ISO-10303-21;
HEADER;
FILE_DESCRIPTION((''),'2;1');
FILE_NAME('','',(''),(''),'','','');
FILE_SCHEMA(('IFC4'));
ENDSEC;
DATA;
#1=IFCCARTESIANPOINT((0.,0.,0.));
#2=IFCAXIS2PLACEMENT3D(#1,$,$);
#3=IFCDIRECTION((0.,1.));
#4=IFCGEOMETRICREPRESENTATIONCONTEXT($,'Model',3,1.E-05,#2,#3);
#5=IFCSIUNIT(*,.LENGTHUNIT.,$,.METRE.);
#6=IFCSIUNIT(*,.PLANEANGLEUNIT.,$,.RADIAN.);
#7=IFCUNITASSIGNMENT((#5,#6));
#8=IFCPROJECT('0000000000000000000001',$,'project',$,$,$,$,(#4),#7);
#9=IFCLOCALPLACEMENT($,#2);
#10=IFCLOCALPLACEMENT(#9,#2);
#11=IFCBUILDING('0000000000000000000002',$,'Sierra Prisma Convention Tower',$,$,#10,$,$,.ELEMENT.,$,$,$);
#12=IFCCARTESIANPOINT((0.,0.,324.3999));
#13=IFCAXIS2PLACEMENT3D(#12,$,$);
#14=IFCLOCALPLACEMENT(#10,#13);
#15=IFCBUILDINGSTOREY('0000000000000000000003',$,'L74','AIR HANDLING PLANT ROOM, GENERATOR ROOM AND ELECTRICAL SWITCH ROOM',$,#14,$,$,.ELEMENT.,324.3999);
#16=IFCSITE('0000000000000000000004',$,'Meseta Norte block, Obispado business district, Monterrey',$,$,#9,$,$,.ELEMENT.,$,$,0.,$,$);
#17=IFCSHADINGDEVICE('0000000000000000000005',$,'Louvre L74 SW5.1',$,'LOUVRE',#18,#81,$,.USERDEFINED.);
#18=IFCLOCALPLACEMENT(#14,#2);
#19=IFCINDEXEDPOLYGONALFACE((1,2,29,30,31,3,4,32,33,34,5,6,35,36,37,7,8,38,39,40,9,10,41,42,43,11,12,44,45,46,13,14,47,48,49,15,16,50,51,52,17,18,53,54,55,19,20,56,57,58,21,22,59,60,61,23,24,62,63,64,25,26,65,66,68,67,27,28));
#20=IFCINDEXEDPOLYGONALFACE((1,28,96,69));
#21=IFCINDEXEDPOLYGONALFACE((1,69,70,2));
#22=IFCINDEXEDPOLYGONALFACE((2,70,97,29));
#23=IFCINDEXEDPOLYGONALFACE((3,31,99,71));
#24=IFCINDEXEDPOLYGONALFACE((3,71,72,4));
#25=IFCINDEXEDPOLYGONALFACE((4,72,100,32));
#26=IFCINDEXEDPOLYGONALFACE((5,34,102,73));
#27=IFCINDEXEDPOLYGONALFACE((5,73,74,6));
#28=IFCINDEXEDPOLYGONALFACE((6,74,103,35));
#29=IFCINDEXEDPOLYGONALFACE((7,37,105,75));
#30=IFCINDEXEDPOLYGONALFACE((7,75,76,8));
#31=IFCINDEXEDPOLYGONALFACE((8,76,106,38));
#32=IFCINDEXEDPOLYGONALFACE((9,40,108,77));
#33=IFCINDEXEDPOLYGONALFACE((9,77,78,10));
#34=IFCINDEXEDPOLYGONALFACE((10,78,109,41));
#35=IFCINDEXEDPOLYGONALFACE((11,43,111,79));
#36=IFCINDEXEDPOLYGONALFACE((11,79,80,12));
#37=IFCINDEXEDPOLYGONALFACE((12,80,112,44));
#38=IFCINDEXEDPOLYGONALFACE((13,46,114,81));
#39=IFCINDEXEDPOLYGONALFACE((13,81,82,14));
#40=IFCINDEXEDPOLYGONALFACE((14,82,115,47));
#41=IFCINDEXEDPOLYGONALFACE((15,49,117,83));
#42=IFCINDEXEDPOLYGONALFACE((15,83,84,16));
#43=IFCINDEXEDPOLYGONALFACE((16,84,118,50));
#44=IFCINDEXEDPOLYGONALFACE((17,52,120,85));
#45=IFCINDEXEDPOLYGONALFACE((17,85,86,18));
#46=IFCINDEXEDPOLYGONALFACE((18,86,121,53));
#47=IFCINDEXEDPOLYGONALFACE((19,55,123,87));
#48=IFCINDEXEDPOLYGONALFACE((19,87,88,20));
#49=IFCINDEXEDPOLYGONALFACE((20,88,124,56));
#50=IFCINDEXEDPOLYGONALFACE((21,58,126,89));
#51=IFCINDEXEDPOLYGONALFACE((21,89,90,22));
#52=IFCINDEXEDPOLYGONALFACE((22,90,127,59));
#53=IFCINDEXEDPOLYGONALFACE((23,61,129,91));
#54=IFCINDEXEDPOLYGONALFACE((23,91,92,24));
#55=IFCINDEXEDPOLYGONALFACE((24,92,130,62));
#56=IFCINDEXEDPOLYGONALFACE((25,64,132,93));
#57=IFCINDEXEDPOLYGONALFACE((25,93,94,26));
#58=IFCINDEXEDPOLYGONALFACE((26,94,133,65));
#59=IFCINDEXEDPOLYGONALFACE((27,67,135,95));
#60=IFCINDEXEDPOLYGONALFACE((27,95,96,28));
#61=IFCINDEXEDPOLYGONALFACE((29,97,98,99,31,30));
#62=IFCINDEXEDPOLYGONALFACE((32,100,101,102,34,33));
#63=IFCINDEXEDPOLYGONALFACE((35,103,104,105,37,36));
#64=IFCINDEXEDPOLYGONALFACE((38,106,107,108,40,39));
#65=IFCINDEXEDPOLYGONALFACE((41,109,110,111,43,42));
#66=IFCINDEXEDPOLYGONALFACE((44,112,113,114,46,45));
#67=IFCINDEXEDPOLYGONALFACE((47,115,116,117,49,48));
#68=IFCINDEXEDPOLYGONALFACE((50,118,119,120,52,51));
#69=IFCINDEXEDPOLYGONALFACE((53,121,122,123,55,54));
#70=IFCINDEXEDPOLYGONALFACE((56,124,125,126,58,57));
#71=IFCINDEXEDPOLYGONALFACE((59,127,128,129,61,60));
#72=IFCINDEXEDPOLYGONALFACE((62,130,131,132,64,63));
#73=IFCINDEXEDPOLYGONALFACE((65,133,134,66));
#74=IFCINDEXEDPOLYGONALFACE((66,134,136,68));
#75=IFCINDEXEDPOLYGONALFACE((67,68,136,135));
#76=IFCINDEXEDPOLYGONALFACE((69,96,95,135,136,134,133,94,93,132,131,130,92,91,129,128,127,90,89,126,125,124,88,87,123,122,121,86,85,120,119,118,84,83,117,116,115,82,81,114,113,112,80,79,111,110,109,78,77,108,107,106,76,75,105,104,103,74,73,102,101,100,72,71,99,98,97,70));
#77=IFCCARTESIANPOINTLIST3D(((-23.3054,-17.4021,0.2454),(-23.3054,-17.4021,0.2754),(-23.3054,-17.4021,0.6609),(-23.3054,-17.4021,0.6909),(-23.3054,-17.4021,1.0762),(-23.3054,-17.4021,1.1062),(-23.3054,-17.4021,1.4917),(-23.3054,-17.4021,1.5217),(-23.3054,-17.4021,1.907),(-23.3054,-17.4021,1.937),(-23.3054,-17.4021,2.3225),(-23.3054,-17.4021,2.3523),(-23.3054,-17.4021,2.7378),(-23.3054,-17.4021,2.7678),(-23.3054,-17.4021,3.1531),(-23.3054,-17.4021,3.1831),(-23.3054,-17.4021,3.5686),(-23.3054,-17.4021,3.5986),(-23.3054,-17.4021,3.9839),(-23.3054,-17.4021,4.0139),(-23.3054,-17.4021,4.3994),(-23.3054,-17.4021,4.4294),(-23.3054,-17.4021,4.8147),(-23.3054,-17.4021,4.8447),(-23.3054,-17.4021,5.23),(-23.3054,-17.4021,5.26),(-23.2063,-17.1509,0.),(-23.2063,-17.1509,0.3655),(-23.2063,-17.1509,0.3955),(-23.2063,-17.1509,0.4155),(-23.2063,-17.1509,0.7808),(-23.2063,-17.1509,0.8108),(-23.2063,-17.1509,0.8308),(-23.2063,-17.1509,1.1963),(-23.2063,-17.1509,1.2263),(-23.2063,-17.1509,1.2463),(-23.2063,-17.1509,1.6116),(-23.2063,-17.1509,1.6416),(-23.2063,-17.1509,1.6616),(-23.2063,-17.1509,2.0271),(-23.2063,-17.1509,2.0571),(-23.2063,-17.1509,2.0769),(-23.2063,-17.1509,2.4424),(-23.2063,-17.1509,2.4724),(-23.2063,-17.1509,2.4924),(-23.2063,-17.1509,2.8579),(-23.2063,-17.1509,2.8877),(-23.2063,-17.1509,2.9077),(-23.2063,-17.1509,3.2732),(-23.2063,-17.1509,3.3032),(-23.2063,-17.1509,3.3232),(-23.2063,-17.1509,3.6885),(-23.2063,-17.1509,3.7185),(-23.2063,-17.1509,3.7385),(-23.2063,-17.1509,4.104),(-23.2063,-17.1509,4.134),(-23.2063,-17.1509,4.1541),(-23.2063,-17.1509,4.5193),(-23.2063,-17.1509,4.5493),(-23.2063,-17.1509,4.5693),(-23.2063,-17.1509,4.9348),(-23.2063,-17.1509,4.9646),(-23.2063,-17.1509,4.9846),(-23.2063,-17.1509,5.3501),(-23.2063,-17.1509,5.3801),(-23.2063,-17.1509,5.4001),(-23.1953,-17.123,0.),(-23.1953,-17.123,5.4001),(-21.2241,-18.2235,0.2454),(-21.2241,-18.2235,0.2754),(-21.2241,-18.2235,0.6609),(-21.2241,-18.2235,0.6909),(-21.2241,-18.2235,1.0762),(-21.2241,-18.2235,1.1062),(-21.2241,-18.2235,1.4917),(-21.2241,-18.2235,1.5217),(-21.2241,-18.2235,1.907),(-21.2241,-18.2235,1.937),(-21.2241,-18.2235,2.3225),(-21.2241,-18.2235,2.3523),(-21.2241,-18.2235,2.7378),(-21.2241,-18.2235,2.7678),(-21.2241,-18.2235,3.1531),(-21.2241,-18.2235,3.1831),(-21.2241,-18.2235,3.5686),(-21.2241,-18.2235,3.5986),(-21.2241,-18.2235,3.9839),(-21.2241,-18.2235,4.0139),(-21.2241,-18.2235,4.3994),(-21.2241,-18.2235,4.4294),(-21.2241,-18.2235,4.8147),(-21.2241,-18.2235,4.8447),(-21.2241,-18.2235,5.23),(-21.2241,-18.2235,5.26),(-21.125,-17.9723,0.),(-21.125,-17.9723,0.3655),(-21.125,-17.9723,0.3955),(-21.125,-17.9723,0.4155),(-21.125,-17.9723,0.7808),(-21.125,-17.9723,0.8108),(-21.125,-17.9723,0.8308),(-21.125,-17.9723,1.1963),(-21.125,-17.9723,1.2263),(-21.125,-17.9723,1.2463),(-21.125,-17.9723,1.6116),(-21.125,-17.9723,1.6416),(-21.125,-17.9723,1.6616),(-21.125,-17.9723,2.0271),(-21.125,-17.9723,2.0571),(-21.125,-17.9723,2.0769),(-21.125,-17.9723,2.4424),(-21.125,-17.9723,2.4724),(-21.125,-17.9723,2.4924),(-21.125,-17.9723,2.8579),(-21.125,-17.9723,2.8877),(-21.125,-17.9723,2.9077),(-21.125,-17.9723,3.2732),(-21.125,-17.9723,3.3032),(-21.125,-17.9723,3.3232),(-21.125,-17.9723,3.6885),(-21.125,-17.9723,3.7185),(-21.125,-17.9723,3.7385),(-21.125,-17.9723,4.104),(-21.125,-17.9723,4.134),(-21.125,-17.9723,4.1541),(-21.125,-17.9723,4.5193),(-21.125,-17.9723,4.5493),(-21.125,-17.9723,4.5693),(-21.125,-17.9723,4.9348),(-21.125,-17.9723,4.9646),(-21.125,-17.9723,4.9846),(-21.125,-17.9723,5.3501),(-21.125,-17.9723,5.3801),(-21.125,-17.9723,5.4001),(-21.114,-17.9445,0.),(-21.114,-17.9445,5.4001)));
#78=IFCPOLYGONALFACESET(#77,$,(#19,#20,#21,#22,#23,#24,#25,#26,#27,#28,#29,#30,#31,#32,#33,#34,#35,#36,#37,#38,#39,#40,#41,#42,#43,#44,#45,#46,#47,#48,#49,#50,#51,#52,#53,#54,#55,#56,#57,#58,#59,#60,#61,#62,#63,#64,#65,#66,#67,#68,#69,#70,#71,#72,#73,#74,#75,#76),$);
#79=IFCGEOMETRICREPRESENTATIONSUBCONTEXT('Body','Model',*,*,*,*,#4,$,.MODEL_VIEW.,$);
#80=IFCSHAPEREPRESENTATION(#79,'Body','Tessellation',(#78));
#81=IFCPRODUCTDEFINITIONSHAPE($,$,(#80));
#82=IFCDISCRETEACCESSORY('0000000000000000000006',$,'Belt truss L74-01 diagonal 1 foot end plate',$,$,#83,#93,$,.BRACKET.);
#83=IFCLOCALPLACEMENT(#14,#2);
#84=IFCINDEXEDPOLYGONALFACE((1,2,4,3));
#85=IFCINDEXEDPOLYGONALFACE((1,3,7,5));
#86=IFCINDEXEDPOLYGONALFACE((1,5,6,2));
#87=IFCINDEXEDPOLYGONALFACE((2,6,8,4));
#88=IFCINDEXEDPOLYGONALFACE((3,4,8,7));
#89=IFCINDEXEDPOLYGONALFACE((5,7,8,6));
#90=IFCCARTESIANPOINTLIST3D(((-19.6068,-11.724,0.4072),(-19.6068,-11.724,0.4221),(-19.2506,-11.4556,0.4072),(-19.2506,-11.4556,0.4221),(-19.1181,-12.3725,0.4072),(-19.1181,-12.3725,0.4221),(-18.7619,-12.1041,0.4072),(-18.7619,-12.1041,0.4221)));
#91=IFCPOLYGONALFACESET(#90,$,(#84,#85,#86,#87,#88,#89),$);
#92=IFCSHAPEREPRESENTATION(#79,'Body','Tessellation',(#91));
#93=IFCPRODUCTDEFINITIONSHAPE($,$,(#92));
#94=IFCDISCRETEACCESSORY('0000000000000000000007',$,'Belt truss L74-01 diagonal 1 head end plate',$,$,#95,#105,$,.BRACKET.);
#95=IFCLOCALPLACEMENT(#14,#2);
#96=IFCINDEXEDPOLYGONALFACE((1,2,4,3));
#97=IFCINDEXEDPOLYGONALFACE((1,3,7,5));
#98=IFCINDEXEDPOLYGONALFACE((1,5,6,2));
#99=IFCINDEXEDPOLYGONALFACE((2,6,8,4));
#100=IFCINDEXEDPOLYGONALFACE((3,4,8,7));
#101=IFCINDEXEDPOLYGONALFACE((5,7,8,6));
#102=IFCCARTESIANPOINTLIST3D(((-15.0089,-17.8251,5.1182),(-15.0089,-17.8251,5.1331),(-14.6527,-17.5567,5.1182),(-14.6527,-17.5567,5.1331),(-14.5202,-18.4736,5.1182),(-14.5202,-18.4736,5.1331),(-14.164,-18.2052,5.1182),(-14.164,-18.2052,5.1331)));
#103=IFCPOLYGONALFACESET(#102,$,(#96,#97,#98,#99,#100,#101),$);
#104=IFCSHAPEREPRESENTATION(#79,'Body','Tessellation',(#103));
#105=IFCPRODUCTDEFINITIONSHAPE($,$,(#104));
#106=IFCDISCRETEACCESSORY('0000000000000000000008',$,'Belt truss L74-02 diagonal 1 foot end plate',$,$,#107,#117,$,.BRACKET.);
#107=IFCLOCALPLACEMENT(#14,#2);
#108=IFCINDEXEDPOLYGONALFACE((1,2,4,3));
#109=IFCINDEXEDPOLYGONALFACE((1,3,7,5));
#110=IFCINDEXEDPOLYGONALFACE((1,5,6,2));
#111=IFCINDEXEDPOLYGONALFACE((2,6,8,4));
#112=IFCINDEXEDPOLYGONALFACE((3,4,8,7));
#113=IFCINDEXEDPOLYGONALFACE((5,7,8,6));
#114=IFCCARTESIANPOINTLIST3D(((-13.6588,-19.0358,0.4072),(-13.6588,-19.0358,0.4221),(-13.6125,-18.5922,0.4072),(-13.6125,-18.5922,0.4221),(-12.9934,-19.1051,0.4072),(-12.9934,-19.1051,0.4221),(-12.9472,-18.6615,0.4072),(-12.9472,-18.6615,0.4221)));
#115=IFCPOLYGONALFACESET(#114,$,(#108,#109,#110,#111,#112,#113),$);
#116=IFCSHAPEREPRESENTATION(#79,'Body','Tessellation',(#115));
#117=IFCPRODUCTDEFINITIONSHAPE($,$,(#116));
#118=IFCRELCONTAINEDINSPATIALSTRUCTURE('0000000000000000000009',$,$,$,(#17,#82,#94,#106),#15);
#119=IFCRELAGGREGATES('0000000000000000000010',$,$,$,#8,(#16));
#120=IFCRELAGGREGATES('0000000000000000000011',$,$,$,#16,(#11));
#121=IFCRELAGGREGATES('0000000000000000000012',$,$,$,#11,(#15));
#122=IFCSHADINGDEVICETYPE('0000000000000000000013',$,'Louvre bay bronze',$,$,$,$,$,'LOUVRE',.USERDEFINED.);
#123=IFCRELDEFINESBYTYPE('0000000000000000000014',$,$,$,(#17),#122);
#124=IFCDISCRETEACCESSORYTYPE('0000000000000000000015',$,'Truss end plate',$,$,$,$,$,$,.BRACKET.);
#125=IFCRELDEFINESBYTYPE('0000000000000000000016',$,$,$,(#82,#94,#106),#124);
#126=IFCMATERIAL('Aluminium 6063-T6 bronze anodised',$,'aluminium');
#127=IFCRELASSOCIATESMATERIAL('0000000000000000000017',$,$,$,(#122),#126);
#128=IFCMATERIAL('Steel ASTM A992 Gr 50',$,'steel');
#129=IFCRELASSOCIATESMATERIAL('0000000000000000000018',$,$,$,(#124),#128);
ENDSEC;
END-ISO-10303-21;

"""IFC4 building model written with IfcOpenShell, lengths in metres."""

from ifc_helpers import new_model, si_unit, direction, frame, origin, origin_2d, place, context, subcontext, project, spatial, polyline, rectangle, outline, extrude, material, type_object, element, save


model = new_model("IFC4")

# Units and contexts
model_context = context("Model", 3, precision=1e-05, world=origin(), true_north=direction((0.0, 1.0)))
body_context = subcontext(model_context, "Body", "Model", "MODEL_VIEW")
ifc_project = project(units=[si_unit("LENGTHUNIT", "METRE"), si_unit("PLANEANGLEUNIT", "RADIAN")], contexts=[model_context])

# Site, building, storey
site_placement = place(None, origin())
site = spatial("IfcSite", under=ifc_project, at=site_placement, Name="Meseta Norte block, Obispado business district, Monterrey", CompositionType="ELEMENT", RefElevation=0.0)
building_placement = place(site_placement, origin())
building = spatial("IfcBuilding", under=site, at=building_placement, Name="Sierra Prisma Convention Tower", CompositionType="ELEMENT")
storey_placement = place(building_placement, frame((0.0, 0.0, 324.3999)))
storey = spatial("IfcBuildingStorey", under=building, at=storey_placement, Name="L74", Description="AIR HANDLING PLANT ROOM, GENERATOR ROOM AND ELECTRICAL SWITCH ROOM", CompositionType="ELEMENT", Elevation=324.3999)

# Shading device
ifc_material_1 = material(Name="Aluminium 6063-T6 bronze anodised", Category="aluminium")
shading_device_type = type_object("IfcShadingDeviceType", Name="Louvre bay bronze", ElementType="LOUVRE", PredefinedType="USERDEFINED", material=ifc_material_1)
shading_device_1_placement = place(storey_placement, frame((-23.1953, -17.123, 0.0), z_axis=(-0.930178, 0.36711, 0.0), x_axis=(0.0, 0.0, 1.0)))
element("IfcShadingDevice", 1, at=shading_device_1_placement, inside=storey, type_object=shading_device_type, Name="Louvre L74 SW5.1", ObjectType="LOUVRE", PredefinedType="USERDEFINED", context=body_context, shape_type="SweptSolid", body=[
    extrude(outline(polyline([(0.0, 0.0), (5.4001, 0.0), (5.4001, -0.0299), (5.3801, -0.0299), (5.26, -0.3), (5.23, -0.3), (5.3501, -0.0299), (4.9846, -0.0299), (4.9646, -0.0299), (4.8447, -0.3), (4.8147, -0.3), (4.9348, -0.0299), (4.5693, -0.0299), (4.5493, -0.0299), (4.4294, -0.3), (4.3994, -0.3), (4.5193, -0.0299), (4.1541, -0.0299), (4.134, -0.0299), (4.0139, -0.3), (3.9839, -0.3), (4.104, -0.0299), (3.7385, -0.0299), (3.7185, -0.0299), (3.5986, -0.3), (3.5686, -0.3), (3.6885, -0.0299), (3.3232, -0.0299), (3.3032, -0.0299), (3.1831, -0.3), (3.1531, -0.3), (3.2732, -0.0299), (2.9077, -0.0299), (2.8877, -0.0299), (2.7678, -0.3), (2.7378, -0.3), (2.8579, -0.0299), (2.4924, -0.0299), (2.4724, -0.0299), (2.3523, -0.3), (2.3225, -0.3), (2.4424, -0.0299), (2.0769, -0.0299), (2.0571, -0.0299), (1.937, -0.3), (1.907, -0.3), (2.0271, -0.0299), (1.6616, -0.0299), (1.6416, -0.0299), (1.5217, -0.3), (1.4917, -0.3), (1.6116, -0.0299), (1.2463, -0.0299), (1.2263, -0.0299), (1.1062, -0.3), (1.0762, -0.3), (1.1963, -0.0299), (0.8308, -0.0299), (0.8108, -0.0299), (0.6909, -0.3), (0.6609, -0.3), (0.7808, -0.0299), (0.4155, -0.0299), (0.3955, -0.0299), (0.2754, -0.3), (0.2454, -0.3), (0.3655, -0.0299), (0.0, -0.0299), (0.0, 0.0)])), origin(), (0.0, 0.0, -1.0), 2.2375),
])

# Discrete accessories
ifc_material_2 = material(Name="Steel ASTM A992 Gr 50", Category="steel")
discrete_accessory_type = type_object("IfcDiscreteAccessoryType", Name="Truss end plate", PredefinedType="BRACKET", material=ifc_material_2)
for number, where, z_axis, x_axis, name in (
    (2, (-19.1843, -11.9141, 0.4072), (0.0, 0.0, 1.0), (0.601846, -0.798612, 0.0), "Belt truss L74-01 diagonal 1 foot end plate"),
    (3, (-14.5864, -18.0151, 5.1182), (0.0, 0.0, 1.0), (0.601846, -0.798612, 0.0), "Belt truss L74-01 diagonal 1 head end plate"),
):
    element("IfcDiscreteAccessory", number, at=place(storey_placement, frame(where, z_axis=z_axis, x_axis=x_axis)), inside=storey, type_object=discrete_accessory_type, Name=name, PredefinedType="BRACKET", context=body_context, shape_type="SweptSolid", body=[
        extrude(rectangle(XDim=0.812, YDim=0.446, at=origin_2d()), origin(), (0.0, 0.0, 1.0), 0.0149),
    ])
discrete_accessory_placement = place(storey_placement, frame((-13.303, -18.8486, 0.4072), z_axis=(0.0, 0.0, 1.0), x_axis=(0.994619, -0.103598, 0.0)))
element("IfcDiscreteAccessory", 4, at=discrete_accessory_placement, inside=storey, type_object=discrete_accessory_type, Name="Belt truss L74-02 diagonal 1 foot end plate", PredefinedType="BRACKET", context=body_context, shape_type="SweptSolid", body=[
    extrude(rectangle(XDim=0.6689, YDim=0.446, at=origin_2d()), origin(), (0.0, 0.0, 1.0), 0.0149),
])

save(model, "model.ifc")
